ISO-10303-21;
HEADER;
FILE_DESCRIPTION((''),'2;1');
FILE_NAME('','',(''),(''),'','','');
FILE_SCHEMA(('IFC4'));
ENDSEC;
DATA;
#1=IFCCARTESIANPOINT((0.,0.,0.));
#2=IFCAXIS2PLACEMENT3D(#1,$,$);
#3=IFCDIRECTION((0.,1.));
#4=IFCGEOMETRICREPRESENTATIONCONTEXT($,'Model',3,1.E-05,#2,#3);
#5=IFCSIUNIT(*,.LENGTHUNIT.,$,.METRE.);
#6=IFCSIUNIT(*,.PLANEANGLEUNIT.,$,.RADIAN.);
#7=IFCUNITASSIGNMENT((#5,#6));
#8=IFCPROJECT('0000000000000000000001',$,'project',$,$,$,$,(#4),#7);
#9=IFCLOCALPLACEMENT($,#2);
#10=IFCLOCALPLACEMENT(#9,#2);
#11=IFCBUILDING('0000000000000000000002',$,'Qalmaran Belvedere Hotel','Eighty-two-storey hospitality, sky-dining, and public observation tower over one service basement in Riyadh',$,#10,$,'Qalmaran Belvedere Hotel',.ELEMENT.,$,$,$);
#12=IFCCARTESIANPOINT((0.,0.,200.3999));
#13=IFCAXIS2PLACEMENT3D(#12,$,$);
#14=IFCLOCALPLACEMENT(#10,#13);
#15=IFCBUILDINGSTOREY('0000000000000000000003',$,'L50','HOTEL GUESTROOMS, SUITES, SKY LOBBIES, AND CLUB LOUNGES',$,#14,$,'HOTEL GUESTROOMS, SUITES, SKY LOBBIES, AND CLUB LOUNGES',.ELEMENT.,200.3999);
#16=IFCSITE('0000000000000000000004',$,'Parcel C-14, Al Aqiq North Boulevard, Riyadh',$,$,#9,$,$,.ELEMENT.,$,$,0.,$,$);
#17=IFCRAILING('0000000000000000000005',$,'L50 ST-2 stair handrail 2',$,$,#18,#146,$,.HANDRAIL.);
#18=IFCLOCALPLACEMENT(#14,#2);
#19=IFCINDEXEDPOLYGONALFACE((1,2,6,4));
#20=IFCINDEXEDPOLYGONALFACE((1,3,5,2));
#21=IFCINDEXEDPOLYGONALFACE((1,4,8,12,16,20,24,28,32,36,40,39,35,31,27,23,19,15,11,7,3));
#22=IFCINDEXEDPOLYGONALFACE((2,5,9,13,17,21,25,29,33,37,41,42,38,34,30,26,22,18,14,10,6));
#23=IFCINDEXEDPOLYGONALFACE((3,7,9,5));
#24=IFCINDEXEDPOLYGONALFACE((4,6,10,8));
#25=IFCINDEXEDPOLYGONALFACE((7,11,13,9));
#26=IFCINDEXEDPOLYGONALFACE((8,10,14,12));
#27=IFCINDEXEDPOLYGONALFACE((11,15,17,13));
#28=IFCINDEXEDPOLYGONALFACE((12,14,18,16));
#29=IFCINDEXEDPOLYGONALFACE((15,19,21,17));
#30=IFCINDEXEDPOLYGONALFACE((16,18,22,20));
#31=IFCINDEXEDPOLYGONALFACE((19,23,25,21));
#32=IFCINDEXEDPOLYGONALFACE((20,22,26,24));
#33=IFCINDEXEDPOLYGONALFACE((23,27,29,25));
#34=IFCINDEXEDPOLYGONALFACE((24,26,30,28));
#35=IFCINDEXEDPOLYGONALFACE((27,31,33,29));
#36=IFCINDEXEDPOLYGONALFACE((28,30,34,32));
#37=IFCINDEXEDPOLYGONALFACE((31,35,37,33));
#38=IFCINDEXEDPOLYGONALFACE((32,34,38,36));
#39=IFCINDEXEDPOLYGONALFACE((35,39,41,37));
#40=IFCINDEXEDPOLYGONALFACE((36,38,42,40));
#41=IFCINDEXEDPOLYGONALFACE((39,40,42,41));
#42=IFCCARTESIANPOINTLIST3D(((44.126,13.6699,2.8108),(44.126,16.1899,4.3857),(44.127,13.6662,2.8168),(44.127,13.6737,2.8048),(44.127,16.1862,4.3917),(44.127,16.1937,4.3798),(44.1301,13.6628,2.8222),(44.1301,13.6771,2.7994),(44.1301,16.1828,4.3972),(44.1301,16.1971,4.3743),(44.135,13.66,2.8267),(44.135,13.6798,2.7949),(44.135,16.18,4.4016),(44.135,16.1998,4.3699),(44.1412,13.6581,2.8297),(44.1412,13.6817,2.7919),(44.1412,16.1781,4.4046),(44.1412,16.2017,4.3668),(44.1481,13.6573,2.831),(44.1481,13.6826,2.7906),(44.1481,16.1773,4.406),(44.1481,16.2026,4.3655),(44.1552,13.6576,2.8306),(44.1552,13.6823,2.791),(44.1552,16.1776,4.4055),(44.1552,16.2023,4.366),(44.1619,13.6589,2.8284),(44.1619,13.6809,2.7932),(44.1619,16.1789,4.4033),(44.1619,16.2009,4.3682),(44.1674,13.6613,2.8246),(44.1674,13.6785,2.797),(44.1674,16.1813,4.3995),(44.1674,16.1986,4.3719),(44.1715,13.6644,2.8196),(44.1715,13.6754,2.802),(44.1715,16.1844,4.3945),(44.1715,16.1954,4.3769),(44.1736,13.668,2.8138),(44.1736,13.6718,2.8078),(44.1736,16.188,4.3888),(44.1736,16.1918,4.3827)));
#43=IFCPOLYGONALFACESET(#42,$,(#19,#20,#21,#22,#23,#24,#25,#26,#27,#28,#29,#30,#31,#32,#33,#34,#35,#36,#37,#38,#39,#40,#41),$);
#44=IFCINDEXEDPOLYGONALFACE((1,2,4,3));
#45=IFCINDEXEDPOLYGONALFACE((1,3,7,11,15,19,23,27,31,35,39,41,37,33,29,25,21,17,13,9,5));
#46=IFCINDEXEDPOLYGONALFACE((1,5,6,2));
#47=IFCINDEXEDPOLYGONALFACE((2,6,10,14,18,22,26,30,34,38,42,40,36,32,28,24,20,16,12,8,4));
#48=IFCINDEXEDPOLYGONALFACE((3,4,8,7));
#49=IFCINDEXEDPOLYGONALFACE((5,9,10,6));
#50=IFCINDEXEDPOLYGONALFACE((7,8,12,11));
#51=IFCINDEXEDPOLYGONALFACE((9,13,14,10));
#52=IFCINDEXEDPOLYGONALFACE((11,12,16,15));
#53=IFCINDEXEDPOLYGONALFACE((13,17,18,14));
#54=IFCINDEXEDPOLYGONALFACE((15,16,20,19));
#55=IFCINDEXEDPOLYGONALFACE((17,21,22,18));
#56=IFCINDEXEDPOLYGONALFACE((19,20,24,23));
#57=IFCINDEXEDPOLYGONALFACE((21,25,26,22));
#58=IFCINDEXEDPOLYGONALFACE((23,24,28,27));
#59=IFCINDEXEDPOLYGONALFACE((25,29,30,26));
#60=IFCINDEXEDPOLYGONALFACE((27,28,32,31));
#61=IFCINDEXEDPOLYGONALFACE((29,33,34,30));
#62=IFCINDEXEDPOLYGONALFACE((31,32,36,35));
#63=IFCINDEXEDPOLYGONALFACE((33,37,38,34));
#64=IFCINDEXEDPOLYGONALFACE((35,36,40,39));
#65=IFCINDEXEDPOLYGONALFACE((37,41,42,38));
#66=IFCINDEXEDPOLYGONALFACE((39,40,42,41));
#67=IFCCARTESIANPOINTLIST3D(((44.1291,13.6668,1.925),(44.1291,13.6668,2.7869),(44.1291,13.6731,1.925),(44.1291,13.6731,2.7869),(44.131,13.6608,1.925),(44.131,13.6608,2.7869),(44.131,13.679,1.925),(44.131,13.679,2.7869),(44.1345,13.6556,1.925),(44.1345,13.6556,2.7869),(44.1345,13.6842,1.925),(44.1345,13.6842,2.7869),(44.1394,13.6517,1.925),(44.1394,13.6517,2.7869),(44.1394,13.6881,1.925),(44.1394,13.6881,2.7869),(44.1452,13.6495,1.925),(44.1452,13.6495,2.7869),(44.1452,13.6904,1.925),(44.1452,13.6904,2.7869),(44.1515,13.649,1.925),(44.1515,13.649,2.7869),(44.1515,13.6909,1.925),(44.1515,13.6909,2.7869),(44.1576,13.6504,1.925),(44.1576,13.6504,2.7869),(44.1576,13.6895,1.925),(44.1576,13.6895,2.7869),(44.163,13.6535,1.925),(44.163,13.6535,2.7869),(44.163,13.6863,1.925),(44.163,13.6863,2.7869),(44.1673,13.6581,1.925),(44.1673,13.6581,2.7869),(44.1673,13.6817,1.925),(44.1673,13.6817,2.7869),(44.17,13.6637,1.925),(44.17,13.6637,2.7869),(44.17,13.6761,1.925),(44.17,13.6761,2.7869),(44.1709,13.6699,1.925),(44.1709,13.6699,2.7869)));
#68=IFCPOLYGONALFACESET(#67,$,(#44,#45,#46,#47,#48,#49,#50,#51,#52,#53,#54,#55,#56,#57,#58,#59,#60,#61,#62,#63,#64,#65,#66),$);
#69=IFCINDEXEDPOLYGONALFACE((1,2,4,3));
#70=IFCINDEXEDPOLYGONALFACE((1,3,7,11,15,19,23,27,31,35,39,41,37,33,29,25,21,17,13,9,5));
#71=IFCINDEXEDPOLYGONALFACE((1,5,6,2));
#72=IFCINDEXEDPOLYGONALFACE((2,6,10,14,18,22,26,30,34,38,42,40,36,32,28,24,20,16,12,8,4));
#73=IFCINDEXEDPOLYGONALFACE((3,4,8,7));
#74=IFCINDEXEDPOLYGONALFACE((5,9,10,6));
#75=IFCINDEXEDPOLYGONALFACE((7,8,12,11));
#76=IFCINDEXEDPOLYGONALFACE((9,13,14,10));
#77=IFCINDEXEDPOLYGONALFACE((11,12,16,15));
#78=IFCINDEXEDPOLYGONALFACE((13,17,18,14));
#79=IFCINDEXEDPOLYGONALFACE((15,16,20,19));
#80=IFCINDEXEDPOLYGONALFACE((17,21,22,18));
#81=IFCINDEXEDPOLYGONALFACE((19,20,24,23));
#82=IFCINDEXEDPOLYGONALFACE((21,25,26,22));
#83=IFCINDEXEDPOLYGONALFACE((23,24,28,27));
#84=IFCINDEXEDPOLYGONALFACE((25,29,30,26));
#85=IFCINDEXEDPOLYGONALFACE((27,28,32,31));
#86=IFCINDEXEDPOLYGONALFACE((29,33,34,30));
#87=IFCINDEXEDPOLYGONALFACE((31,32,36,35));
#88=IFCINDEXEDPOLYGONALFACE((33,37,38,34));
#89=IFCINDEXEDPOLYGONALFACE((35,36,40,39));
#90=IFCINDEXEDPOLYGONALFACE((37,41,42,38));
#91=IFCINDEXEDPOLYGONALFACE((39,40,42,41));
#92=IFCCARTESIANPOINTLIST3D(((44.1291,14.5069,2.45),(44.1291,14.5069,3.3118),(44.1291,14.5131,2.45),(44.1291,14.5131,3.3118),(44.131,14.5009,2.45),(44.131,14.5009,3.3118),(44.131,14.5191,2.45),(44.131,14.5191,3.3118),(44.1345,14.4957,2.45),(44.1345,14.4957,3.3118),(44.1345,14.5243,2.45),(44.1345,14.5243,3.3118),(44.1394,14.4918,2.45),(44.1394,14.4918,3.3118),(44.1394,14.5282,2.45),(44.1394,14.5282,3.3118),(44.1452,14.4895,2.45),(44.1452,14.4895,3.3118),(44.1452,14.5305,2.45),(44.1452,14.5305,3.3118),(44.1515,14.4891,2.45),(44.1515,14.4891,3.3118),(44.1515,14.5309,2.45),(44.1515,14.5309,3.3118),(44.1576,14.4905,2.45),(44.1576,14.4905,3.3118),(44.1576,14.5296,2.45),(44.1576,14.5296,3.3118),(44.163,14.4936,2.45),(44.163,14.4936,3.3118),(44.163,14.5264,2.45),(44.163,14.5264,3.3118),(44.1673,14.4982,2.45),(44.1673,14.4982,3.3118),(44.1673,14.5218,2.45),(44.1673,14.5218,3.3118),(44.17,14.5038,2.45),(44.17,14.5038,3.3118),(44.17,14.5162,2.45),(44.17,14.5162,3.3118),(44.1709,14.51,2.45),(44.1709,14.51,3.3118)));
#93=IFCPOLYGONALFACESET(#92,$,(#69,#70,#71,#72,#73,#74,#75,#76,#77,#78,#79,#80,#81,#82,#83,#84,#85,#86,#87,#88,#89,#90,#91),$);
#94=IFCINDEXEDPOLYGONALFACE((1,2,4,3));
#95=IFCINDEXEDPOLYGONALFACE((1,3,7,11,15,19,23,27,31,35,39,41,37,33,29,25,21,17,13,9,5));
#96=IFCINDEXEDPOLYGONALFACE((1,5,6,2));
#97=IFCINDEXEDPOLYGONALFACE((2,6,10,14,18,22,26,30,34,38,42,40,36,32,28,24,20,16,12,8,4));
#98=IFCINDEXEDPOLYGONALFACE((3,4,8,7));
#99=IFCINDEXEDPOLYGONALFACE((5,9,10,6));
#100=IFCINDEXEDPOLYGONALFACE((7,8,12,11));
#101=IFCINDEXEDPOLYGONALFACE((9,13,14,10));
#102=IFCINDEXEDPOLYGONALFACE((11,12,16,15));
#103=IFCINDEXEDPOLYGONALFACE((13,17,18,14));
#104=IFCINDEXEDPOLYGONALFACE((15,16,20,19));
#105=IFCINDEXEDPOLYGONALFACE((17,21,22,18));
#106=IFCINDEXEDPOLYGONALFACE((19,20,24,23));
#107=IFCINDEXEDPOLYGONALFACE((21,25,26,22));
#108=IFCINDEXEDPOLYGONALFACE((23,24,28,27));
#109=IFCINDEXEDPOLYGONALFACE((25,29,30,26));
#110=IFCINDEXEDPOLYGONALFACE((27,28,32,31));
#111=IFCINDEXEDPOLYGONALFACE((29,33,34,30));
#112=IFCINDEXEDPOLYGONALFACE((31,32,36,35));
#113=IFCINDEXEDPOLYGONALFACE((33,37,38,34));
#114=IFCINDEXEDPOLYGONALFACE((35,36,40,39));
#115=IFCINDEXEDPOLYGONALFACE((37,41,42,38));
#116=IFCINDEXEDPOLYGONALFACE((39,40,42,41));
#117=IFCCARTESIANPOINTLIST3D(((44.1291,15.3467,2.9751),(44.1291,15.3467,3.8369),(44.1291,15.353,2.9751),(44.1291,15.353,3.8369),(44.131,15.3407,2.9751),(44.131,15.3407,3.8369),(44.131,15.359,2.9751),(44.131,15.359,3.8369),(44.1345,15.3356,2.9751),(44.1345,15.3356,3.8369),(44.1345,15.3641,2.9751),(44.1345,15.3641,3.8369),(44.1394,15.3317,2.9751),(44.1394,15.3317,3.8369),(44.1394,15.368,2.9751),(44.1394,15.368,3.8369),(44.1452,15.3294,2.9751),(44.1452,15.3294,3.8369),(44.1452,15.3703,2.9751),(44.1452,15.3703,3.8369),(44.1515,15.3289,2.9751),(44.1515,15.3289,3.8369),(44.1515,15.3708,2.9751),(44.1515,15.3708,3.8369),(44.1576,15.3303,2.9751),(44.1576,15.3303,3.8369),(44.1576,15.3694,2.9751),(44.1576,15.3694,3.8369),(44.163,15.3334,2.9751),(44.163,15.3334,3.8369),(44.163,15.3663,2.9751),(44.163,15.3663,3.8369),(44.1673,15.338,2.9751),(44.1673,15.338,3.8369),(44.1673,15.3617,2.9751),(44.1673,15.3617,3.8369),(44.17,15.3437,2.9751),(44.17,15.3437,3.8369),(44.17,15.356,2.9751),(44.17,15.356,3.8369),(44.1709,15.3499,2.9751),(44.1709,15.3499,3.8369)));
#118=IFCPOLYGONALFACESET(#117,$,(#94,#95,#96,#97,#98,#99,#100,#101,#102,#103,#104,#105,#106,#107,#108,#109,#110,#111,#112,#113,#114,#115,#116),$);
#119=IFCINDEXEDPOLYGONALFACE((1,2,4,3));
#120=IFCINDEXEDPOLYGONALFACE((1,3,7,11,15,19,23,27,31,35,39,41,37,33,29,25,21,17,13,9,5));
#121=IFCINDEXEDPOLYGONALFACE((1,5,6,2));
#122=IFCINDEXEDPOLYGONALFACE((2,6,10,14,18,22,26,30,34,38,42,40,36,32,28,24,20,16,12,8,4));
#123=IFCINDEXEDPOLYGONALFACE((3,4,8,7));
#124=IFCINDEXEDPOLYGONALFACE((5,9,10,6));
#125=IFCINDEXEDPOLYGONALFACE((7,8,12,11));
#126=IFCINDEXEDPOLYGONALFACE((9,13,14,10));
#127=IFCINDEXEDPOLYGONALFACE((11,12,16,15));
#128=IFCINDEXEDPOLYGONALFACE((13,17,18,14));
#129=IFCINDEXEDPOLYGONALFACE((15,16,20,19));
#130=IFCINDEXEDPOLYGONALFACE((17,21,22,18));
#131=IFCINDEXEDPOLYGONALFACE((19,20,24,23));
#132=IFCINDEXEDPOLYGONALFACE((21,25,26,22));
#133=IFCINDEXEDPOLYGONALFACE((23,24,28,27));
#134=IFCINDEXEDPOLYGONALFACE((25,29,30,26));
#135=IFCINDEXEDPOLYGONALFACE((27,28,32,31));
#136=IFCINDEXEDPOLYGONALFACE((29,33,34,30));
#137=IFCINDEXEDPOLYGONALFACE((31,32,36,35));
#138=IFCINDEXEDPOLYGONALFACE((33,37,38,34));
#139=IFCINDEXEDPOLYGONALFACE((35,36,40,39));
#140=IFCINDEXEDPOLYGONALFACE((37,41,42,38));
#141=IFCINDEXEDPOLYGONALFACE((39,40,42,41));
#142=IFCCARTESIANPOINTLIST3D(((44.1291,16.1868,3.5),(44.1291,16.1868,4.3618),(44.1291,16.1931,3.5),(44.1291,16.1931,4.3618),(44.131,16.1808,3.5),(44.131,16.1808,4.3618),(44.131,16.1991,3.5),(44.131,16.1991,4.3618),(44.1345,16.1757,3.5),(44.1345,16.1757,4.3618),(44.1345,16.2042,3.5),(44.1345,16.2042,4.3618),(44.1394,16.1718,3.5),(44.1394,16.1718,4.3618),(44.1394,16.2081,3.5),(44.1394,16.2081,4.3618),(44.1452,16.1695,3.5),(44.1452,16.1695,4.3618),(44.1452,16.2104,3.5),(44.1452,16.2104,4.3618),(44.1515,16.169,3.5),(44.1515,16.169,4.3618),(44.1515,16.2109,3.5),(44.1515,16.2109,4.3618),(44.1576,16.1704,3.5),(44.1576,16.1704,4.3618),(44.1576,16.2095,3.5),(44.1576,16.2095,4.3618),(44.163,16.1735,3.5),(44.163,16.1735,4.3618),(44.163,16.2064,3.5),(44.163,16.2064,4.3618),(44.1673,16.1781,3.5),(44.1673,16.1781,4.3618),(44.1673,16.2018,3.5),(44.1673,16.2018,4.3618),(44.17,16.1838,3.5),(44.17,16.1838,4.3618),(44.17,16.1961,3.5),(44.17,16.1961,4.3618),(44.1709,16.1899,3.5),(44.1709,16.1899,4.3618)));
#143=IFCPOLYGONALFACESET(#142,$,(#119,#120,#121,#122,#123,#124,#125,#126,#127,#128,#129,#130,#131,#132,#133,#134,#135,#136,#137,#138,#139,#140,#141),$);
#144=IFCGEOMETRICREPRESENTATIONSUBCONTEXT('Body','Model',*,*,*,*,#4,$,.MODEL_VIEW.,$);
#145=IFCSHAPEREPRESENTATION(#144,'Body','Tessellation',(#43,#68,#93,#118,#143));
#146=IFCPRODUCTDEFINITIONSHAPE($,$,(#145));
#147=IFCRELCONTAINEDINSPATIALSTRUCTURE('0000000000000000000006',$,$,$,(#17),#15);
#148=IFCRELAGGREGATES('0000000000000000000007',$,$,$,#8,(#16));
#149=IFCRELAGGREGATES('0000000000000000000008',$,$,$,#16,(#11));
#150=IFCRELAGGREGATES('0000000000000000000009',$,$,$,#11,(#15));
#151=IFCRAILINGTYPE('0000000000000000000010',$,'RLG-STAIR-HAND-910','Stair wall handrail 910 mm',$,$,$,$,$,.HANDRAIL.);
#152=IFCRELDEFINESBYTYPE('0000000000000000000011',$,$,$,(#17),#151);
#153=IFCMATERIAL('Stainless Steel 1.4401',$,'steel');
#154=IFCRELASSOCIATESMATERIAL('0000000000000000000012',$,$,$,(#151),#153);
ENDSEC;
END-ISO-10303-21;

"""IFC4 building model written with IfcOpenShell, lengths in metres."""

from ifc_helpers import new_model, si_unit, direction, frame, origin, origin_2d, place, context, subcontext, project, spatial, circle, extrude, material, type_object, element, save


model = new_model("IFC4")

# Units and contexts
model_context = context("Model", 3, precision=1e-05, world=origin(), true_north=direction((0.0, 1.0)))
body_context = subcontext(model_context, "Body", "Model", "MODEL_VIEW")
ifc_project = project(units=[si_unit("LENGTHUNIT", "METRE"), si_unit("PLANEANGLEUNIT", "RADIAN")], contexts=[model_context])

# Site, building, storey
site_placement = place(None, origin())
site = spatial("IfcSite", under=ifc_project, at=site_placement, Name="Parcel C-14, Al Aqiq North Boulevard, Riyadh", CompositionType="ELEMENT", RefElevation=0.0)
building_placement = place(site_placement, origin())
building = spatial("IfcBuilding", under=site, at=building_placement, Name="Qalmaran Belvedere Hotel", Description="Eighty-two-storey hospitality, sky-dining, and public observation tower over one service basement in Riyadh", LongName="Qalmaran Belvedere Hotel", CompositionType="ELEMENT")
storey_placement = place(building_placement, frame((0.0, 0.0, 200.3999)))
storey = spatial("IfcBuildingStorey", under=building, at=storey_placement, Name="L50", Description="HOTEL GUESTROOMS, SUITES, SKY LOBBIES, AND CLUB LOUNGES", LongName="HOTEL GUESTROOMS, SUITES, SKY LOBBIES, AND CLUB LOUNGES", CompositionType="ELEMENT", Elevation=200.3999)

# Railing
ifc_material_1 = material(Name="Stainless Steel 1.4401", Category="steel")
railing_type_1 = type_object("IfcRailingType", Name="RLG-STAIR-HAND-910", Description="Stair wall handrail 910 mm", PredefinedType="HANDRAIL", material=ifc_material_1)
railing_1_placement = place(storey_placement, frame((44.1499, 13.6699, 1.925)))
element("IfcRailing", 1, at=railing_1_placement, inside=storey, type_object=railing_type_1, Name="L50 ST-2 stair handrail 2", PredefinedType="HANDRAIL", context=body_context, shape_type="SweptSolid", body=[
    extrude(circle(Radius=0.0239, at=origin_2d()), frame((0.0, 0.0, 0.8857), z_axis=(0.0, 0.848008, 0.529984), x_axis=(-1.0, 0.0, 0.0)), (0.0, 0.0, 1.0), 2.9717),
    extrude(circle(Radius=0.021, at=origin_2d()), origin(), (0.0, 0.0, 1.0), 0.8618),
    extrude(circle(Radius=0.021, at=origin_2d()), frame((0.0, 0.8401, 0.5249)), (0.0, 0.0, 1.0), 0.8618),
    extrude(circle(Radius=0.021, at=origin_2d()), frame((0.0, 1.6799, 1.05)), (0.0, 0.0, 1.0), 0.8618),
    extrude(circle(Radius=0.021, at=origin_2d()), frame((0.0, 2.52, 1.575)), (0.0, 0.0, 1.0), 0.8618),
])

save(model, "model.ifc")
